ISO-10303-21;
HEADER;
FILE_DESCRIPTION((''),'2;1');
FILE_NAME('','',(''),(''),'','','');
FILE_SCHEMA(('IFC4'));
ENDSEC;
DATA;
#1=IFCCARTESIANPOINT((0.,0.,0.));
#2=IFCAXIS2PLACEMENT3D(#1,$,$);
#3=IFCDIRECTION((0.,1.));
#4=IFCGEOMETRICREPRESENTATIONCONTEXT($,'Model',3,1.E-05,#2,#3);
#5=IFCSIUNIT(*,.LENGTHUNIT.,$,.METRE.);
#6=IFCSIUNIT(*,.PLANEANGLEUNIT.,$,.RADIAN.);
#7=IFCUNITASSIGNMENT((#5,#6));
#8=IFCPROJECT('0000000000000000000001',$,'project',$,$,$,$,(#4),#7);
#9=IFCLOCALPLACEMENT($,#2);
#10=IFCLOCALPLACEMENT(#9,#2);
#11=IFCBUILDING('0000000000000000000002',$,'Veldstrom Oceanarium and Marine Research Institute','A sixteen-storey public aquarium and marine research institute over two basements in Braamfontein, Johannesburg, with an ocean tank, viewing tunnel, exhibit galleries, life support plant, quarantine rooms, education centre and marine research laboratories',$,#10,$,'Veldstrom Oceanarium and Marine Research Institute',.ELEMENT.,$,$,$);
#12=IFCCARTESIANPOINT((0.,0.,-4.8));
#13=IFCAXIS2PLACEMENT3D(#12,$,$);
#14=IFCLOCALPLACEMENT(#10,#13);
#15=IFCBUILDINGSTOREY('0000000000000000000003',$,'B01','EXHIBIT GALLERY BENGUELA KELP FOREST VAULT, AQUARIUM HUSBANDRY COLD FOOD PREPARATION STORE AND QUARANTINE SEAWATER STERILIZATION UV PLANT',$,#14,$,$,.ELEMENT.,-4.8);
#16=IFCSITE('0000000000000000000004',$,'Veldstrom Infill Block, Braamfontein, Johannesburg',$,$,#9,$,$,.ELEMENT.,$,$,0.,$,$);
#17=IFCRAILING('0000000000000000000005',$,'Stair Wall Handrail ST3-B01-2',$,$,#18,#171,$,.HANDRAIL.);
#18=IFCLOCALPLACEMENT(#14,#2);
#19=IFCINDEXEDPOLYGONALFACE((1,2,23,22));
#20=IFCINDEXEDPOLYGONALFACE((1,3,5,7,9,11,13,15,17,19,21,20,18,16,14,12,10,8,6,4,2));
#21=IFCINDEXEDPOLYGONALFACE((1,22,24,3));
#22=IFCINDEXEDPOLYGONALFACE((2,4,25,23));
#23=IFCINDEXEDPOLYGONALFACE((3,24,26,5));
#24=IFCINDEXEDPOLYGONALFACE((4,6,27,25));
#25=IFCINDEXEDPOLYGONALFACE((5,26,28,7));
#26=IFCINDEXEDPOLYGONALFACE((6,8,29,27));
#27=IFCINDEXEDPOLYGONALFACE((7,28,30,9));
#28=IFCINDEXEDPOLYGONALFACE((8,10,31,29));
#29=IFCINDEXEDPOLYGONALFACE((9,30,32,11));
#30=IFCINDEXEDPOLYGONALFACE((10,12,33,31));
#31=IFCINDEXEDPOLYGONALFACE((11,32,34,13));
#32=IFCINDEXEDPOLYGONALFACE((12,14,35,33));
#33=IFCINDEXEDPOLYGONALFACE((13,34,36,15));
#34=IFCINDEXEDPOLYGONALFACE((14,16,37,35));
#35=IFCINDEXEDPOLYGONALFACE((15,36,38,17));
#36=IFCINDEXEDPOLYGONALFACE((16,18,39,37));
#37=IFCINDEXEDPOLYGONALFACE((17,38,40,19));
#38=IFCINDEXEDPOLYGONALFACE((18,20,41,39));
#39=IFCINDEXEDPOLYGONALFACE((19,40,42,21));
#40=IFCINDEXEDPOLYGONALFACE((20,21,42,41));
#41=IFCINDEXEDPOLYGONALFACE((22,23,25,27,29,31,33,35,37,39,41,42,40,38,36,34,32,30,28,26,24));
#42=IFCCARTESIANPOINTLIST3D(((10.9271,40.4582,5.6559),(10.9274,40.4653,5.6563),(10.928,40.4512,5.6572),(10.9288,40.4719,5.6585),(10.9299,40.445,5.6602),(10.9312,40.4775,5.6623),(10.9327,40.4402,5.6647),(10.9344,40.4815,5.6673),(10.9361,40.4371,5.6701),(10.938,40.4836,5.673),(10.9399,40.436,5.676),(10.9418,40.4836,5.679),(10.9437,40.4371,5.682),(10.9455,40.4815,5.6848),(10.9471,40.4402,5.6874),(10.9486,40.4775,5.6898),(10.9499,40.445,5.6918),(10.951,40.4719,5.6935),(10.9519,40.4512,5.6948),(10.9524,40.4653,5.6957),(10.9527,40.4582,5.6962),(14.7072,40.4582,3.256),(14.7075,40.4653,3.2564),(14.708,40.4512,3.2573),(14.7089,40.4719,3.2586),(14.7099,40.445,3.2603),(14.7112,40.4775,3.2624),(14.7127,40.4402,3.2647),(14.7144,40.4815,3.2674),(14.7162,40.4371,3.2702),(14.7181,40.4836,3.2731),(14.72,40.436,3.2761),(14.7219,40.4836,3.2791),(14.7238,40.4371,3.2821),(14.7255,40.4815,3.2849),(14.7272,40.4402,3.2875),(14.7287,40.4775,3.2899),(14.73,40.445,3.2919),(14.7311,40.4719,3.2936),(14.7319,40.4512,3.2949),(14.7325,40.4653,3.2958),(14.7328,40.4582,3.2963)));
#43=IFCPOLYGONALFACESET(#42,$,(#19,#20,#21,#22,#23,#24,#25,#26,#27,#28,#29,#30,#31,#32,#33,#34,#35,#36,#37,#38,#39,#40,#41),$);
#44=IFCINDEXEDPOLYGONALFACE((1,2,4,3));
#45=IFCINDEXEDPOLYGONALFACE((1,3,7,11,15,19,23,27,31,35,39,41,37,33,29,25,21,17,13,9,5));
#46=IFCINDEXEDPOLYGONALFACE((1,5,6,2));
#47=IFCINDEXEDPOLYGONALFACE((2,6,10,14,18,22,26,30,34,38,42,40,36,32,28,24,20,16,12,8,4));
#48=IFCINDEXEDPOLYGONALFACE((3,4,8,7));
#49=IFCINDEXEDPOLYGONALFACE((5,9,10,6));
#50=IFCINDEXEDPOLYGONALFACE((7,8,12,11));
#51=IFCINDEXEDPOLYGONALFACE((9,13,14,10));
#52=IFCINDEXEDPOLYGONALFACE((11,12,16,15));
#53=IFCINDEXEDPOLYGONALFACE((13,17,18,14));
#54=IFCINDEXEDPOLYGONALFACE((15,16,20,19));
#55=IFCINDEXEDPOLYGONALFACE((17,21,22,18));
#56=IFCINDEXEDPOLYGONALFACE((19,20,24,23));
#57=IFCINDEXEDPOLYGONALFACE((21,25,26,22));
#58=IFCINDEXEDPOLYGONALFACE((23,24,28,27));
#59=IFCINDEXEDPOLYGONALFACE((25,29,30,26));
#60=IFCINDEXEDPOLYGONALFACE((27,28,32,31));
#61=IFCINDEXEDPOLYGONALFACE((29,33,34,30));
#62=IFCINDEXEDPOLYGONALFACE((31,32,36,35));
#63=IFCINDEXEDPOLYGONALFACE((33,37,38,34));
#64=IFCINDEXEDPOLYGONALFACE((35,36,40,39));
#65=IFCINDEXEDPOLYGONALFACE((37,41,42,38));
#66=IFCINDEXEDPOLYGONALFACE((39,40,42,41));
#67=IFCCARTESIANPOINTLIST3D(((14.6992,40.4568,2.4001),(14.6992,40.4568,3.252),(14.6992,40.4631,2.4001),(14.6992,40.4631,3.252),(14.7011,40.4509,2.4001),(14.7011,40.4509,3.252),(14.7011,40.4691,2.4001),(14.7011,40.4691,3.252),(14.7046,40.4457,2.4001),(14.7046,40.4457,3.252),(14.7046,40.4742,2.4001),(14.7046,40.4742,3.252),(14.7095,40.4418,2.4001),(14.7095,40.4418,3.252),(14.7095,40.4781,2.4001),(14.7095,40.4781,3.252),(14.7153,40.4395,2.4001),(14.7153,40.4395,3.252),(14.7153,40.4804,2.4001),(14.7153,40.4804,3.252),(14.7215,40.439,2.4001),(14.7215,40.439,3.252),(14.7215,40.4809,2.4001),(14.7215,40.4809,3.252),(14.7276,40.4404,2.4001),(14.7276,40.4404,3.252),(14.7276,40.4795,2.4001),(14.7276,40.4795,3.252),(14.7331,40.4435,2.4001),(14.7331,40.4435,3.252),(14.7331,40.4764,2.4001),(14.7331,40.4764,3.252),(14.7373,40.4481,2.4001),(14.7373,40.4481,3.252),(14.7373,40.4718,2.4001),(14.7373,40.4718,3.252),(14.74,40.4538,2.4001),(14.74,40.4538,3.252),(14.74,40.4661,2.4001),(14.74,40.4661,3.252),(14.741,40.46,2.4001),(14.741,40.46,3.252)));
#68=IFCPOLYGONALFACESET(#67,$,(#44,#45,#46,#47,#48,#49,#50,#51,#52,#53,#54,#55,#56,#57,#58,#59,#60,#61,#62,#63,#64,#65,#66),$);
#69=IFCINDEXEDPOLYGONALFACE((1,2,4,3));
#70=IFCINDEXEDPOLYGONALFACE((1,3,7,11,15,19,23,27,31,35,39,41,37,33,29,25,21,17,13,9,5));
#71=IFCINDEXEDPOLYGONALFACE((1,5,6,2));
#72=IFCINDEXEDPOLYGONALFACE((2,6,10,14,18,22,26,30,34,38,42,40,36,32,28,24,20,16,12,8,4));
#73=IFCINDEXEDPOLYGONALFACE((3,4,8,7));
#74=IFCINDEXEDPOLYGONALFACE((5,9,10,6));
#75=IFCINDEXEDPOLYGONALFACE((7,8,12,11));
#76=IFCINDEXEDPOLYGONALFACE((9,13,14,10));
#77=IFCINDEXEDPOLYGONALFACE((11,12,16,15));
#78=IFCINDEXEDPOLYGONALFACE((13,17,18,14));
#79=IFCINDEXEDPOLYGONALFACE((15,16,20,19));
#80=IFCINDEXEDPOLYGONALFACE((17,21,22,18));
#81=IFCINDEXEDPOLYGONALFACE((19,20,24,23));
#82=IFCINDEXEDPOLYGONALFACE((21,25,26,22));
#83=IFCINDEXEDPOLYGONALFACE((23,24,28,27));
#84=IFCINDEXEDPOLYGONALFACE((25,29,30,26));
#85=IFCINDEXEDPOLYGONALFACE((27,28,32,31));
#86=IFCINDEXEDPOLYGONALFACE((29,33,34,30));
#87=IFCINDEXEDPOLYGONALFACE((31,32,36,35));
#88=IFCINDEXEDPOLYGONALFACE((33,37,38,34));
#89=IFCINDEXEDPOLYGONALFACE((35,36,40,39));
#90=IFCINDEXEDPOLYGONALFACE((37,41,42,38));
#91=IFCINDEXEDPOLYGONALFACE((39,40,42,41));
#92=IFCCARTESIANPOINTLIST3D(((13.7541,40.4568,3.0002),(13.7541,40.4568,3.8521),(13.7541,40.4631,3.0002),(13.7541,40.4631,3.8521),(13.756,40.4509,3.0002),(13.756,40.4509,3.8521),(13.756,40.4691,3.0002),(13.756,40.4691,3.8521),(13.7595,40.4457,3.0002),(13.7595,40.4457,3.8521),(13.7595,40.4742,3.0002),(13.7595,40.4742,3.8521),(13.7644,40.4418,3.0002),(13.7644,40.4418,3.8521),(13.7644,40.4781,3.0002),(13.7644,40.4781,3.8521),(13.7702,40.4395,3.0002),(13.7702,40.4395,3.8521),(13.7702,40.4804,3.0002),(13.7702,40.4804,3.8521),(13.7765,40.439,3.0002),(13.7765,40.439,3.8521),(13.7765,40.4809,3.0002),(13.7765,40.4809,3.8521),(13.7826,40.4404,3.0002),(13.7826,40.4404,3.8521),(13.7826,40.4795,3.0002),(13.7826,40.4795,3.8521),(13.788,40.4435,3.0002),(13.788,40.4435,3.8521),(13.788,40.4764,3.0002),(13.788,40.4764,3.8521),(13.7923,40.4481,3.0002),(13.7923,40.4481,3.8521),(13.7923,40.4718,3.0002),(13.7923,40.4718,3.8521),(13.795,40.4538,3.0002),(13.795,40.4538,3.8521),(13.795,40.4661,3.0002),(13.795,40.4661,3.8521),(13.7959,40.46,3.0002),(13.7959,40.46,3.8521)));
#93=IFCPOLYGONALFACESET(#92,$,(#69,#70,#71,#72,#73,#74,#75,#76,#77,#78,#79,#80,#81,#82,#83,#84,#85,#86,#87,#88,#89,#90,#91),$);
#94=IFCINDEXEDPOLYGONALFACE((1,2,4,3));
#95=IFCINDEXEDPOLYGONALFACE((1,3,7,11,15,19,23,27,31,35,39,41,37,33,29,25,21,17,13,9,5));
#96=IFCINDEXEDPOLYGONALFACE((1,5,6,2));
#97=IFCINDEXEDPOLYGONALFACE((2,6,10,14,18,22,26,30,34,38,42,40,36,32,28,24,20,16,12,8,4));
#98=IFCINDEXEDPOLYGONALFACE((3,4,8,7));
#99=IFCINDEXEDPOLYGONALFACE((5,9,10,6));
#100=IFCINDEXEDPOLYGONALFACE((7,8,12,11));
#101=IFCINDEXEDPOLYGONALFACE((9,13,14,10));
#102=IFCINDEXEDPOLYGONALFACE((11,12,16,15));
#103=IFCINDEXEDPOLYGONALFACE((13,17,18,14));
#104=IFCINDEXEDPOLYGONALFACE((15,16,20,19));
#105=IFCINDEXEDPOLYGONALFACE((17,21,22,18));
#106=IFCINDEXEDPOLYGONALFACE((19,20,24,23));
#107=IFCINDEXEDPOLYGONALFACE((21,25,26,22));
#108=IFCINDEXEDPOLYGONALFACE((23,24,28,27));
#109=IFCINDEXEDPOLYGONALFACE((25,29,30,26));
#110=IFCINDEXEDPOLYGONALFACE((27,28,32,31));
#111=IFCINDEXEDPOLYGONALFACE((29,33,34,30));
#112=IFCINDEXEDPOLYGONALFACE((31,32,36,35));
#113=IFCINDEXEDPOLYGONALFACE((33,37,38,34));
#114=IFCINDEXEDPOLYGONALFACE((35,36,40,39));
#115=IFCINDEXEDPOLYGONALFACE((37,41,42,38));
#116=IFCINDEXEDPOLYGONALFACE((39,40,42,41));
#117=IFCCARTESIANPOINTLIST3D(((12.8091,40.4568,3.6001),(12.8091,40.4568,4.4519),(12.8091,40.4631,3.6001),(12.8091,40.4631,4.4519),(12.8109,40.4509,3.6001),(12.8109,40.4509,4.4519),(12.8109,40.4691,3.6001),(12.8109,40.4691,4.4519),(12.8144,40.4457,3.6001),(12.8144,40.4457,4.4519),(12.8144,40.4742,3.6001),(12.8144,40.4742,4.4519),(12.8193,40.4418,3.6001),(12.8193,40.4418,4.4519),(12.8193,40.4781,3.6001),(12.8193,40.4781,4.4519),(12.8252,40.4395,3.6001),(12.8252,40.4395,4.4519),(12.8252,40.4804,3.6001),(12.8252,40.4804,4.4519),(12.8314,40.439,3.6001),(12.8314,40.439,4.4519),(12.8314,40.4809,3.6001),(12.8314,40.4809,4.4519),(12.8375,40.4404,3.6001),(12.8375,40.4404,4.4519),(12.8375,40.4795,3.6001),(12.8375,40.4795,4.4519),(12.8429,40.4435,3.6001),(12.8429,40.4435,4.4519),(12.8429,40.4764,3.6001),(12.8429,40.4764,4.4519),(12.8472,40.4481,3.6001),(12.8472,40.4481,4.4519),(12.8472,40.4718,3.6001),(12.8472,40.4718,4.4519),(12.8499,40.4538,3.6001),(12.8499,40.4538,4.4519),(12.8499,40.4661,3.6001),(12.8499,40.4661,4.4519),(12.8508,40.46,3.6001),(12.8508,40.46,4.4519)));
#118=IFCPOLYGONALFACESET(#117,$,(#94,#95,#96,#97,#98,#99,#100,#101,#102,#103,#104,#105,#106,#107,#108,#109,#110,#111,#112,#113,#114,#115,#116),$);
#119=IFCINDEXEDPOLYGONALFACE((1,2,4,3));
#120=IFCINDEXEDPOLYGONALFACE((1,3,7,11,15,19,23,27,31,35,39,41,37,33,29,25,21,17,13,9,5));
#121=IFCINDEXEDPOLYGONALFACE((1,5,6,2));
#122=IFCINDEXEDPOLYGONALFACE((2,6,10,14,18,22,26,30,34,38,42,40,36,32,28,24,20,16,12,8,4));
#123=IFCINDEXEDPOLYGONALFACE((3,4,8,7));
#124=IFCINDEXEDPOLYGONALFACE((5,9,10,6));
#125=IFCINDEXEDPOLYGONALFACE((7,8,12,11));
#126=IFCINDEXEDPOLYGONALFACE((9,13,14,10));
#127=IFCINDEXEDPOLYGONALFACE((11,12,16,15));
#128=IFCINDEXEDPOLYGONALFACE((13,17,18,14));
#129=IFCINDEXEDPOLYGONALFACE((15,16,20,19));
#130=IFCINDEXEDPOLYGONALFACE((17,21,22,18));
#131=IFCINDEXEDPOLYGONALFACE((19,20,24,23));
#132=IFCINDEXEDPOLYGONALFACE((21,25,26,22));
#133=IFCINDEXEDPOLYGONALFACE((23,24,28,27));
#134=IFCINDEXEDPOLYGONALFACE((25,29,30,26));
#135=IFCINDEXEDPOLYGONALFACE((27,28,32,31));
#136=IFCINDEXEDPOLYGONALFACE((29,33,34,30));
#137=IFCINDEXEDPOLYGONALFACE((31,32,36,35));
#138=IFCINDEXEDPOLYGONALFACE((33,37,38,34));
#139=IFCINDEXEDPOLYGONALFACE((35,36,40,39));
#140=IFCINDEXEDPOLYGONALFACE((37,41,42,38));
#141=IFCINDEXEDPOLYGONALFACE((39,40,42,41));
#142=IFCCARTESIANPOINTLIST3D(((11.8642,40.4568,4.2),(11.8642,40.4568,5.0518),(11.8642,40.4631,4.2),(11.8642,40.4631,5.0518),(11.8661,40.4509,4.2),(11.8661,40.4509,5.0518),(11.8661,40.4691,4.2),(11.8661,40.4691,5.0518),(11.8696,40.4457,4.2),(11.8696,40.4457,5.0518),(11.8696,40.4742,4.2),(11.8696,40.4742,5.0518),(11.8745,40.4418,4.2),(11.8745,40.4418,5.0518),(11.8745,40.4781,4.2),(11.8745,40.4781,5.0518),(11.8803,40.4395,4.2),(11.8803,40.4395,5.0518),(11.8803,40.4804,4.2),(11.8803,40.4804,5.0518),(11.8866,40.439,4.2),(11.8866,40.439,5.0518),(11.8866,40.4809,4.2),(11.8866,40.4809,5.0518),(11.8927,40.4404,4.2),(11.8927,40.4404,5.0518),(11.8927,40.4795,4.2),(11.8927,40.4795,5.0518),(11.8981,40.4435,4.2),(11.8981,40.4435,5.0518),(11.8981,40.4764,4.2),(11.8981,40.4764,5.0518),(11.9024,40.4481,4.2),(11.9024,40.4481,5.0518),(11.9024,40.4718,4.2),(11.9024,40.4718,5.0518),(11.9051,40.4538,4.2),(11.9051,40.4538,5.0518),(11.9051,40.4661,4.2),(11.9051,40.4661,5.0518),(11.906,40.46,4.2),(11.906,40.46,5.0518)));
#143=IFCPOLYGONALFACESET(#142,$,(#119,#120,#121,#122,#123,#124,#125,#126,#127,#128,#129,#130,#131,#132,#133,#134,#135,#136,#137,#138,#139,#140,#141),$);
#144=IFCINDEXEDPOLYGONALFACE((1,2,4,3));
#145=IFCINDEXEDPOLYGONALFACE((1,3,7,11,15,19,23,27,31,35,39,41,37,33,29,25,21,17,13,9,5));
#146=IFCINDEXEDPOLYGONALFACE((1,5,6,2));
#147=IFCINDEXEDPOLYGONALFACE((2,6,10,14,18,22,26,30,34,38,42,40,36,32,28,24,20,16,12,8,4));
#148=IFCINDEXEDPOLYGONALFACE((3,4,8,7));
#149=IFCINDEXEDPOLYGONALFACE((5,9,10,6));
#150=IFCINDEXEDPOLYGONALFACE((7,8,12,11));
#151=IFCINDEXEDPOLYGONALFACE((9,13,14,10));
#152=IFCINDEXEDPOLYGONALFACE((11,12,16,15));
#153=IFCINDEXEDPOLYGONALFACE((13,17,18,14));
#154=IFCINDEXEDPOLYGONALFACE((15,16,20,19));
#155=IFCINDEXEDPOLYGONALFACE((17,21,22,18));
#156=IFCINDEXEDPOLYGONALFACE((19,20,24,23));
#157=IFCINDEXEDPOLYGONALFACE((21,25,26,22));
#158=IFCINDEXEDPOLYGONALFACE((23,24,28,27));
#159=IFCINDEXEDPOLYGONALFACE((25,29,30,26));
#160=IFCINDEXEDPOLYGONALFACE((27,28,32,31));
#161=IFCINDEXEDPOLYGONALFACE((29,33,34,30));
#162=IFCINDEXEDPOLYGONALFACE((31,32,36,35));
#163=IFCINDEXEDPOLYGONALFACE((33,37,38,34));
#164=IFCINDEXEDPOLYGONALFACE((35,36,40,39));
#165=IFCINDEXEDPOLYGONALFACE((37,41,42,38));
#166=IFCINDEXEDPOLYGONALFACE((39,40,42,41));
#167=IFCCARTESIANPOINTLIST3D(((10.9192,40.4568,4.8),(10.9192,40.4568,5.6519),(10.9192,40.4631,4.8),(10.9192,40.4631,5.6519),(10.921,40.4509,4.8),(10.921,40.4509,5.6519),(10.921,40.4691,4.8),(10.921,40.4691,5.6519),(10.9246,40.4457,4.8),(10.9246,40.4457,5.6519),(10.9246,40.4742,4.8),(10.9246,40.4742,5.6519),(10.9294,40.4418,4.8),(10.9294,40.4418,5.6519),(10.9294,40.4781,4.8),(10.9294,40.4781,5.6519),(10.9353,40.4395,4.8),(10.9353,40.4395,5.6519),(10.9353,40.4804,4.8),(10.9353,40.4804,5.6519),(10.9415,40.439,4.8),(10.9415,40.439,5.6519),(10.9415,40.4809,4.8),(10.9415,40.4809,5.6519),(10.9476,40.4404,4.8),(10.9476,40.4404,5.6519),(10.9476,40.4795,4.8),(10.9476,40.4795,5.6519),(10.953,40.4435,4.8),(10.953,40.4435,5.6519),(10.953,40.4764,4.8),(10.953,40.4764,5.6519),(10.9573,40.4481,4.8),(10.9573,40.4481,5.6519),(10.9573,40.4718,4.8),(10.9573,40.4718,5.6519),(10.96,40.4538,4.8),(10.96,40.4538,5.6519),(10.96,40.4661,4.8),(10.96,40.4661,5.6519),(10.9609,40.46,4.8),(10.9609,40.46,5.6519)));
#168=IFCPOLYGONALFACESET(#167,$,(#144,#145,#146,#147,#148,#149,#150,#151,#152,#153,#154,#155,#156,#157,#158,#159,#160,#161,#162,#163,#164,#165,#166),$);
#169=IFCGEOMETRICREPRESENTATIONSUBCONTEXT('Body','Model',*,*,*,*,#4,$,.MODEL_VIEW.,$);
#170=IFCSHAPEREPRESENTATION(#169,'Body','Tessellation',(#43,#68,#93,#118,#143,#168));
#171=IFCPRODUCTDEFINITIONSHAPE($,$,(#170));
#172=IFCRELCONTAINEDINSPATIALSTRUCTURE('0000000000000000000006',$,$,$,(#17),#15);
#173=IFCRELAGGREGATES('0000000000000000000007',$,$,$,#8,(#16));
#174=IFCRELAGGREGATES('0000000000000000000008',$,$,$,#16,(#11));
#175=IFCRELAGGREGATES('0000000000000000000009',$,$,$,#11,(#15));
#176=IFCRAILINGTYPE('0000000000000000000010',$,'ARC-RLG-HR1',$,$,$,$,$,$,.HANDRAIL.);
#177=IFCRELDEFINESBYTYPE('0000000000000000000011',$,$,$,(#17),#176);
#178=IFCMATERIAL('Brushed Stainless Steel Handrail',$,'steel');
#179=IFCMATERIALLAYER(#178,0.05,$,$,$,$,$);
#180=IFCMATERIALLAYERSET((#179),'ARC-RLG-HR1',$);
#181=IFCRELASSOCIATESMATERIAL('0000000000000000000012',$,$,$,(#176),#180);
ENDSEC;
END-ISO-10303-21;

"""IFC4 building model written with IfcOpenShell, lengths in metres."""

from ifc_helpers import new_model, si_unit, direction, frame, origin, origin_2d, place, context, subcontext, project, spatial, circle, extrude, material, layer, layer_set, type_object, element, save


model = new_model("IFC4")

# Units and contexts
model_context = context("Model", 3, precision=1e-05, world=origin(), true_north=direction((0.0, 1.0)))
body_context = subcontext(model_context, "Body", "Model", "MODEL_VIEW")
ifc_project = project(units=[si_unit("LENGTHUNIT", "METRE"), si_unit("PLANEANGLEUNIT", "RADIAN")], contexts=[model_context])

# Site, building, storey
site_placement = place(None, origin())
site = spatial("IfcSite", under=ifc_project, at=site_placement, Name="Veldstrom Infill Block, Braamfontein, Johannesburg", CompositionType="ELEMENT", RefElevation=0.0)
building_placement = place(site_placement, origin())
building = spatial("IfcBuilding", under=site, at=building_placement, Name="Veldstrom Oceanarium and Marine Research Institute", Description="A sixteen-storey public aquarium and marine research institute over two basements in Braamfontein, Johannesburg, with an ocean tank, viewing tunnel, exhibit galleries, life support plant, quarantine rooms, education centre and marine research laboratories", LongName="Veldstrom Oceanarium and Marine Research Institute", CompositionType="ELEMENT")
storey_placement = place(building_placement, frame((0.0, 0.0, -4.8)))
storey = spatial("IfcBuildingStorey", under=building, at=storey_placement, Name="B01", Description="EXHIBIT GALLERY BENGUELA KELP FOREST VAULT, AQUARIUM HUSBANDRY COLD FOOD PREPARATION STORE AND QUARANTINE SEAWATER STERILIZATION UV PLANT", CompositionType="ELEMENT", Elevation=-4.8)

# Railing
ifc_material_1 = material(Name="Brushed Stainless Steel Handrail", Category="steel")
ifc_layer_1 = layer(ifc_material_1, 0.05)
ifc_layer_set_1 = layer_set([ifc_layer_1], Name="ARC-RLG-HR1")
railing_type_1 = type_object("IfcRailingType", Name="ARC-RLG-HR1", PredefinedType="HANDRAIL", material=ifc_layer_set_1)
railing_1_placement = place(storey_placement, frame((14.72, 40.46, 2.4001)))
element("IfcRailing", 1, at=railing_1_placement, inside=storey, type_object=railing_type_1, Name="Stair Wall Handrail ST3-B01-2", PredefinedType="HANDRAIL", context=body_context, shape_type="SweptSolid", body=[
    extrude(circle(Radius=0.0239, at=origin_2d()), frame((0.0, 0.0, 0.876), z_axis=(-0.844225, 0.0, 0.53599), x_axis=(0.0, -1.0, 0.0)), (0.0, 0.0, 1.0), 4.4775),
    extrude(circle(Radius=0.021, at=origin_2d()), origin(), (0.0, 0.0, 1.0), 0.8518),
    extrude(circle(Radius=0.021, at=origin_2d()), frame((-0.9451, 0.0, 0.6001)), (0.0, 0.0, 1.0), 0.8518),
    extrude(circle(Radius=0.021, at=origin_2d()), frame((-1.8901, 0.0, 1.2)), (0.0, 0.0, 1.0), 0.8518),
    extrude(circle(Radius=0.021, at=origin_2d()), frame((-2.835, 0.0, 1.7998)), (0.0, 0.0, 1.0), 0.8518),
    extrude(circle(Radius=0.021, at=origin_2d()), frame((-3.78, 0.0, 2.3999)), (0.0, 0.0, 1.0), 0.8518),
])

save(model, "model.ifc")
